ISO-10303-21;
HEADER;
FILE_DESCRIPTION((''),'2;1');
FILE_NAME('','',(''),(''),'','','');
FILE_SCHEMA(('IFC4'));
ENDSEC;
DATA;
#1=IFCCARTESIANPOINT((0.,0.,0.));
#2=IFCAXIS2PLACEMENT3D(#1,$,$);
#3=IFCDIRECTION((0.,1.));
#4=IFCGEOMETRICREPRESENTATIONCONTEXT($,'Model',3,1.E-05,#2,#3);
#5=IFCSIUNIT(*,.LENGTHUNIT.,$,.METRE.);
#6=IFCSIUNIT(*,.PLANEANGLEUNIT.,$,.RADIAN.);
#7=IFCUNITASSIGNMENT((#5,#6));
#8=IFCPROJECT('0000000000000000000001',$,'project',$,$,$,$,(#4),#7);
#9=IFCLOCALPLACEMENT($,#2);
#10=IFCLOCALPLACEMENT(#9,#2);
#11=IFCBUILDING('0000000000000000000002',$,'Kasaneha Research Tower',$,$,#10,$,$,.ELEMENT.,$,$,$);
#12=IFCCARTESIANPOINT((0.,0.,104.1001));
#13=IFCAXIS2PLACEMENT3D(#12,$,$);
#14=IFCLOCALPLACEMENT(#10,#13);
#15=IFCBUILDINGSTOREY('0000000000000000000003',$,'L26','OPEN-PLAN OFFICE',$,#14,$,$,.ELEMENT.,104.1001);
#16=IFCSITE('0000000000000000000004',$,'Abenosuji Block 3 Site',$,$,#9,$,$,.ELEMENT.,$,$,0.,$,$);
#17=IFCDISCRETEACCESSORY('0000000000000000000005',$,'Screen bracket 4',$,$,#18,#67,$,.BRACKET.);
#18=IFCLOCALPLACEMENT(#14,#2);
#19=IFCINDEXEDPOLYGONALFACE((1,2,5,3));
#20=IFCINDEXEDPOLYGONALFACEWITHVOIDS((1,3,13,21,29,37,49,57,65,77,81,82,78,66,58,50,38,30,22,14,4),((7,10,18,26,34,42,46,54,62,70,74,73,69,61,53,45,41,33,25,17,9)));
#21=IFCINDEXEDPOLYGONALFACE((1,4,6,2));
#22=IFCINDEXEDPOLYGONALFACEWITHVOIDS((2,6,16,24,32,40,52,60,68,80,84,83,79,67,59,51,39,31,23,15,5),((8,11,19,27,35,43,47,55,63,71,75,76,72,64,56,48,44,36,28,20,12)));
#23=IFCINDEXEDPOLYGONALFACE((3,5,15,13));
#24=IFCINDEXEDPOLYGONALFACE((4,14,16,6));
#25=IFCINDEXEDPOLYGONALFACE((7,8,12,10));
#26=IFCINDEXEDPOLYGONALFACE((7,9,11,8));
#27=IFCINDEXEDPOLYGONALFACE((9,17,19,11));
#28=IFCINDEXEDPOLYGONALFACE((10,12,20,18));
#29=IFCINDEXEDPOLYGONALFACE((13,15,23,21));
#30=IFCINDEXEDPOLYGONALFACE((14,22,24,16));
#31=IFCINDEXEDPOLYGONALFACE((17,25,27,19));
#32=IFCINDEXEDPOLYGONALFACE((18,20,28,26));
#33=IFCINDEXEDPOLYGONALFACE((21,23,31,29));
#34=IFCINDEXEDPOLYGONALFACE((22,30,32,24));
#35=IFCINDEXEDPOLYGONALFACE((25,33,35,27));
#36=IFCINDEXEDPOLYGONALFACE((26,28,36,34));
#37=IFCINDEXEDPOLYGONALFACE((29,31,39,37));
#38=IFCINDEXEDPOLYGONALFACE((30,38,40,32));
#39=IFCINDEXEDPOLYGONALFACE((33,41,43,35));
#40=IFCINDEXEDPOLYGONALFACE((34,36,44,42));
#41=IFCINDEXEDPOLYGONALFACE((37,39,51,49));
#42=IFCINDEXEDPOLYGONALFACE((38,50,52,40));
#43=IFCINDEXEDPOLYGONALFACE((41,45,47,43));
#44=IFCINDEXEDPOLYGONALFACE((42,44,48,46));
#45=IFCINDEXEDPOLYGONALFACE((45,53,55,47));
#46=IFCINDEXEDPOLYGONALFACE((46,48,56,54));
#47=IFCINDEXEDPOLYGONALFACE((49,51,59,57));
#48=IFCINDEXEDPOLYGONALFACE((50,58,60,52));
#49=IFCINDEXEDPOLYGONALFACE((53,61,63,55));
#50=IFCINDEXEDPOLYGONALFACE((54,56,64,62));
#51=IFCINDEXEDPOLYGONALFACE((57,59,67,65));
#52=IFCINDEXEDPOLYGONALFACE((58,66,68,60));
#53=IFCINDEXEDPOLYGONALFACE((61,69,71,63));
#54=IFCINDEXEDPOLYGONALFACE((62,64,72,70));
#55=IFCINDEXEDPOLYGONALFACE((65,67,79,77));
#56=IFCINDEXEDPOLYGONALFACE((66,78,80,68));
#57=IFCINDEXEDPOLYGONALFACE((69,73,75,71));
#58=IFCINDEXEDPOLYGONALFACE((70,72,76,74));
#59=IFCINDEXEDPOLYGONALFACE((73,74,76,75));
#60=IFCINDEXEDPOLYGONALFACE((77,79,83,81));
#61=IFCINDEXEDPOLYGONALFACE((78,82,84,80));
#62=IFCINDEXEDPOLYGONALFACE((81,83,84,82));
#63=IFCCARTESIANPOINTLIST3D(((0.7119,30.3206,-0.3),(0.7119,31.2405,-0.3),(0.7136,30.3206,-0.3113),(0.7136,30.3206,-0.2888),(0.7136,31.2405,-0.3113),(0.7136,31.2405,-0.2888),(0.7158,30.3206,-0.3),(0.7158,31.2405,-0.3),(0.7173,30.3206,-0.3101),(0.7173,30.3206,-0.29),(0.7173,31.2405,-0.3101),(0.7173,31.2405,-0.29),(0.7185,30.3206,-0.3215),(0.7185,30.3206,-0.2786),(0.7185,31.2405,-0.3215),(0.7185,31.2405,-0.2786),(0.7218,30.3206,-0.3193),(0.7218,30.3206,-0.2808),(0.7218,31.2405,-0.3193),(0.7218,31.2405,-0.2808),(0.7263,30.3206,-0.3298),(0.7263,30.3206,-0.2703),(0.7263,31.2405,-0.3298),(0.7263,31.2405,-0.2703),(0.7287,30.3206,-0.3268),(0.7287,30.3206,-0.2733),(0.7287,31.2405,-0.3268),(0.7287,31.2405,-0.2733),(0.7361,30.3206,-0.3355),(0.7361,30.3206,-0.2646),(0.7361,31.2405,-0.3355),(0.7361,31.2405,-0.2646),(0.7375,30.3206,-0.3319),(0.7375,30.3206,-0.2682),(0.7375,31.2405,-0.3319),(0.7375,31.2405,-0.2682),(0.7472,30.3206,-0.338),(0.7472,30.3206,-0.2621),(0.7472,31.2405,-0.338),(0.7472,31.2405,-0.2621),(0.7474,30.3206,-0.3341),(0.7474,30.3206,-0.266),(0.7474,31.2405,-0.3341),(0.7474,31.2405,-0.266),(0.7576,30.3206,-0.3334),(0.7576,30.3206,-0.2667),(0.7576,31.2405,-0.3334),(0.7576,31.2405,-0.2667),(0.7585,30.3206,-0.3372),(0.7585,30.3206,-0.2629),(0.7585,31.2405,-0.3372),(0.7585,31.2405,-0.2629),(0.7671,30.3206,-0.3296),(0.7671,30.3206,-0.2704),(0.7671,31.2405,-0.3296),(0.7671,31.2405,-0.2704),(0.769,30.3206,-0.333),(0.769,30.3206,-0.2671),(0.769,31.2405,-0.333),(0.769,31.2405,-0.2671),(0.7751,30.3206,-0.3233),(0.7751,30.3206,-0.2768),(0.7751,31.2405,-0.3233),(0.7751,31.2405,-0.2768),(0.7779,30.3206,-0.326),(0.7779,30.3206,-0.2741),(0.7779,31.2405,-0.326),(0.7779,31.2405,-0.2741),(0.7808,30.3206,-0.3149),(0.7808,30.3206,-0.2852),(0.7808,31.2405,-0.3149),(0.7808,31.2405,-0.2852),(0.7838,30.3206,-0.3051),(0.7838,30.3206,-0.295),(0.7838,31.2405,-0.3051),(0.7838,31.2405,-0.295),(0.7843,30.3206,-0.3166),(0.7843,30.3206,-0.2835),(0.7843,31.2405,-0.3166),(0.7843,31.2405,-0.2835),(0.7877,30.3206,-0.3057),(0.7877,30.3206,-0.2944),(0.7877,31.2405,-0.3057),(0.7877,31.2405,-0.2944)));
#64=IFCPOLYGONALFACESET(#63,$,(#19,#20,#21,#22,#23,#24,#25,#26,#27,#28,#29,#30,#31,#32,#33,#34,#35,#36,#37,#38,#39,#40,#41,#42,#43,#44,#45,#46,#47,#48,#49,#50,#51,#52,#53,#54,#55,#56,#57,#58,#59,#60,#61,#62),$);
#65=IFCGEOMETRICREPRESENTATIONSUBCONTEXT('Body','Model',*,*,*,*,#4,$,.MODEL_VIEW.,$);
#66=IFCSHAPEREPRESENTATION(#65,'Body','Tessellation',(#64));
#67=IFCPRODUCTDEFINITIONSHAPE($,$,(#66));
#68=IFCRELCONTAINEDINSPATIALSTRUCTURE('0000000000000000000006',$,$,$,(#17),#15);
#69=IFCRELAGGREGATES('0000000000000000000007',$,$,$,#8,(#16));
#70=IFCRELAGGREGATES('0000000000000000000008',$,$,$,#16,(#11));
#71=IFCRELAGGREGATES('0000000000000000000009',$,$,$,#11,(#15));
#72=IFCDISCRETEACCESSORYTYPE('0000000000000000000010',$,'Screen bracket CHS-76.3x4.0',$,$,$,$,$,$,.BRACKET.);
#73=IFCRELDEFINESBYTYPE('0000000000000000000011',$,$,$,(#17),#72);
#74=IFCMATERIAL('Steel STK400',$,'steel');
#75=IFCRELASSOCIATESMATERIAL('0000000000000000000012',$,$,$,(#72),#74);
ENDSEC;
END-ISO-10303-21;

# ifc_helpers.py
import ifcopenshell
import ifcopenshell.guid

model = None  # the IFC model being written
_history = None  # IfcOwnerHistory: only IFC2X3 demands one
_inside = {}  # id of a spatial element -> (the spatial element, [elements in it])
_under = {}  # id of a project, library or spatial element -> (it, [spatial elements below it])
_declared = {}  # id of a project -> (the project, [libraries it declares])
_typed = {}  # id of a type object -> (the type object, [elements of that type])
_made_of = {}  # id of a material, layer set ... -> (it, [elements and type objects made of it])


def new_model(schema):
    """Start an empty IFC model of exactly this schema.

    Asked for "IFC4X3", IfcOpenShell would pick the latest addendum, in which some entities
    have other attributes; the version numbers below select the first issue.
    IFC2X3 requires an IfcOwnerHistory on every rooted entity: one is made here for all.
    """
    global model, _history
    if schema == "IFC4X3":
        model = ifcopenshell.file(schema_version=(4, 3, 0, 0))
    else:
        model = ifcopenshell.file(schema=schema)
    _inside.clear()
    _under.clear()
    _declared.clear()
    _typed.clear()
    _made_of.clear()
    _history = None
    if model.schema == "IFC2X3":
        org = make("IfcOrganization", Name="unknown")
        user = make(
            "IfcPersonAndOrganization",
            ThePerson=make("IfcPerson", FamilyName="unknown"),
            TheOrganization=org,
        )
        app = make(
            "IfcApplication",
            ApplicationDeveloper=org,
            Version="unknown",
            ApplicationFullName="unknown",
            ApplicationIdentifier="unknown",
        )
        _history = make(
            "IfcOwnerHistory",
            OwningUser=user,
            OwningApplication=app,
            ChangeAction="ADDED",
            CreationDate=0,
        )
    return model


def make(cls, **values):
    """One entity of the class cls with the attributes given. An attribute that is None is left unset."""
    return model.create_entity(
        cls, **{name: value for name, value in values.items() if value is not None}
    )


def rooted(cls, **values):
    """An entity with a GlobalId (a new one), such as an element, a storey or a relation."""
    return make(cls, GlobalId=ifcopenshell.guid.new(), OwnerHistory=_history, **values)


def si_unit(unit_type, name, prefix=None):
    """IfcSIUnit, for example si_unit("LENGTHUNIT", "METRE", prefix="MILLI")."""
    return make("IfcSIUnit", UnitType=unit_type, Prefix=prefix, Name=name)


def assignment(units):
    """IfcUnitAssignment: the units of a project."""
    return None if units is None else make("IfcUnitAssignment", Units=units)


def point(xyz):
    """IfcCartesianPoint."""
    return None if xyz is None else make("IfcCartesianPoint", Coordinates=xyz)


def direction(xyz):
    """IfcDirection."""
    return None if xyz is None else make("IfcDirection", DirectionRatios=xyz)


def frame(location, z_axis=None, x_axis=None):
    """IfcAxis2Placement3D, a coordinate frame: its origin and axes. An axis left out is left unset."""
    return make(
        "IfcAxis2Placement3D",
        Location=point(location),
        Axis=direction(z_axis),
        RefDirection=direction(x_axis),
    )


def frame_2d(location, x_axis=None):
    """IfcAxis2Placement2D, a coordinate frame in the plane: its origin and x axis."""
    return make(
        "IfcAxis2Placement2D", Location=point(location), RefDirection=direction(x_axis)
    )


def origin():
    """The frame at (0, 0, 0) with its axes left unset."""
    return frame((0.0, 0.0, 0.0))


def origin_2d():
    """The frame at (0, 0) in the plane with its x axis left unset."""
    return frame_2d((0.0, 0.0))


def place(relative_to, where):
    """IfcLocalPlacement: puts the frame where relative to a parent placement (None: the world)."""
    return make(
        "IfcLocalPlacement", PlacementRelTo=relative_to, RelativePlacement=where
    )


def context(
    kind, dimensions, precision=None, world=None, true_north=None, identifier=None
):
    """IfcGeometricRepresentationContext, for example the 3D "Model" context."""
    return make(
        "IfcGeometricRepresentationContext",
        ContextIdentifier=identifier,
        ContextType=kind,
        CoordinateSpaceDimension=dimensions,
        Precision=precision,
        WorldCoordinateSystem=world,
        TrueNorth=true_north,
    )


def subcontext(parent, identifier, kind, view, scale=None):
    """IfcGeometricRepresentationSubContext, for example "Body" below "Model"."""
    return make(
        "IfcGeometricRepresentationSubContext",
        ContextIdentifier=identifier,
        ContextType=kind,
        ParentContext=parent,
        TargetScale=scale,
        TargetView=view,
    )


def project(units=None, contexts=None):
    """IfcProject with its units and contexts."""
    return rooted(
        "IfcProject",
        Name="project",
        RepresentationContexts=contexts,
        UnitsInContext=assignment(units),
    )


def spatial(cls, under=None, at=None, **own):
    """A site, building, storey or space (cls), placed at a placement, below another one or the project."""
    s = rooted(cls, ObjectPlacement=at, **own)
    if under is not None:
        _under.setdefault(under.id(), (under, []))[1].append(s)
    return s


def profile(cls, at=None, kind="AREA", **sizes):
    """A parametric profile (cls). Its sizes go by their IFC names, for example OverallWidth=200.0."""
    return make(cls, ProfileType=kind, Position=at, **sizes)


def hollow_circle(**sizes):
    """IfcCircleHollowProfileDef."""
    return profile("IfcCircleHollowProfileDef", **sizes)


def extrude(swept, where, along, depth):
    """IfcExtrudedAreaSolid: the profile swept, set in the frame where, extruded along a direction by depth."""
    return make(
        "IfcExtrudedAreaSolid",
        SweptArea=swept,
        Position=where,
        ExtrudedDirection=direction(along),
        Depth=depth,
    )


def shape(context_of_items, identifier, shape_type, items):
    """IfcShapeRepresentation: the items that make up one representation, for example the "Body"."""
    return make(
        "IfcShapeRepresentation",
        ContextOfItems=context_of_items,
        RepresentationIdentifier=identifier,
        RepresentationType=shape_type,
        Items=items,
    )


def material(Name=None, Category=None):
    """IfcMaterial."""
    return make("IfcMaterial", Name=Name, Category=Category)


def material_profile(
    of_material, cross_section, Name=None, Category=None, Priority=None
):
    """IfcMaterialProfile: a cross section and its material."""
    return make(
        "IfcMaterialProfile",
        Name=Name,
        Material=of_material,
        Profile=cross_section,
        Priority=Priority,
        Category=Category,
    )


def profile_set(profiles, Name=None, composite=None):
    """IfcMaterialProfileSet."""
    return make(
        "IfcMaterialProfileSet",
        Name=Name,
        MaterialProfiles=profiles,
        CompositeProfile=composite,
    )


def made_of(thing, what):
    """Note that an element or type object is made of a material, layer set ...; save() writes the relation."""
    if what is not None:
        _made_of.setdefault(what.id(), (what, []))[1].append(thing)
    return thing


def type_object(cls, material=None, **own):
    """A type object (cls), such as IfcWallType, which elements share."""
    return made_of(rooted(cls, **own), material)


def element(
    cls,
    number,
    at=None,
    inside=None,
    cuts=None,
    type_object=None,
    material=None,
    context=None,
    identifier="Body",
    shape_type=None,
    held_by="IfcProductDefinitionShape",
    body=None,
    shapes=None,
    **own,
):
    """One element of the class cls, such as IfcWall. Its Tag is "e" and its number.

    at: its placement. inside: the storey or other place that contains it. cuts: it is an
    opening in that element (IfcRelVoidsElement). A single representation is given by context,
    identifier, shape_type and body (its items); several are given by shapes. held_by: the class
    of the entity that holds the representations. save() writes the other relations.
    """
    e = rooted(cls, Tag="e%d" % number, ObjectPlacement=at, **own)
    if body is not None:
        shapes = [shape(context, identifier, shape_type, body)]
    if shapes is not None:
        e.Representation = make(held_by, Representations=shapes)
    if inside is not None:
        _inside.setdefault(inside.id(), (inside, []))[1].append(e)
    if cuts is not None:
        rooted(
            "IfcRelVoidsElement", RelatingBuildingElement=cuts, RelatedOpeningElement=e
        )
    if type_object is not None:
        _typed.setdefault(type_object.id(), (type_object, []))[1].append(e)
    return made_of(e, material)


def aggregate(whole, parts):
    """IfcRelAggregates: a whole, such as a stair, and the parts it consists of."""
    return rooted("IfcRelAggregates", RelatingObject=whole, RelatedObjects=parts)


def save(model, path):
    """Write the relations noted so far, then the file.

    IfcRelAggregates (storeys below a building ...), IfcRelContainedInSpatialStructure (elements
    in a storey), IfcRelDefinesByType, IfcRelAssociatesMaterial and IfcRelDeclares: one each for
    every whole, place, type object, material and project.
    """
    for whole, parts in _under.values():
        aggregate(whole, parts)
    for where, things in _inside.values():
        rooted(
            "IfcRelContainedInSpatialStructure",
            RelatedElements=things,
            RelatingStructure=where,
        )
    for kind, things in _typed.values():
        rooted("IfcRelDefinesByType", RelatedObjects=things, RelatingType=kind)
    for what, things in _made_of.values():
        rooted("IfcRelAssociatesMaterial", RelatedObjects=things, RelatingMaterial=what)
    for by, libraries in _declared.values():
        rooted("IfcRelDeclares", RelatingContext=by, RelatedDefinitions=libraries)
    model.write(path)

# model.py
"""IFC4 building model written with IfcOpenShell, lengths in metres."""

from ifc_helpers import new_model, si_unit, direction, frame, origin, origin_2d, place, context, subcontext, project, spatial, hollow_circle, extrude, material, material_profile, profile_set, type_object, element, save


model = new_model("IFC4")

# Units and contexts
model_context = context("Model", 3, precision=1e-05, world=origin(), true_north=direction((0.0, 1.0)))
body_context = subcontext(model_context, "Body", "Model", "MODEL_VIEW")
ifc_project = project(units=[si_unit("LENGTHUNIT", "METRE"), si_unit("PLANEANGLEUNIT", "RADIAN")], contexts=[model_context])

# Site, building, storey
site_placement = place(None, origin())
site = spatial("IfcSite", under=ifc_project, at=site_placement, Name="Abenosuji Block 3 Site", CompositionType="ELEMENT", RefElevation=0.0)
building_placement = place(site_placement, origin())
building = spatial("IfcBuilding", under=site, at=building_placement, Name="Kasaneha Research Tower", CompositionType="ELEMENT")
storey_placement = place(building_placement, frame((0.0, 0.0, 104.1001)))
storey = spatial("IfcBuildingStorey", under=building, at=storey_placement, Name="L26", Description="OPEN-PLAN OFFICE", CompositionType="ELEMENT", Elevation=104.1001)

# Discrete accessory
ifc_material_1 = material(Name="Steel STK400", Category="steel")
ifc_material_profile_1 = material_profile(ifc_material_1, hollow_circle(Radius=0.0381, WallThickness=0.0039, at=origin_2d()), Name="CHS-76.3x4.0")
ifc_profile_set_1 = profile_set([ifc_material_profile_1], Name="Steel STK400")
discrete_accessory_type = type_object("IfcDiscreteAccessoryType", Name="Screen bracket CHS-76.3x4.0", PredefinedType="BRACKET", material=ifc_profile_set_1)
for number, where, z_axis, x_axis, name in (
    (1, (0.75, 30.3206, -0.3), (0.0, 1.0, 0.0), (-1.0, 0.0, 0.0), "Screen bracket 4"),
):
    element("IfcDiscreteAccessory", number, at=place(storey_placement, frame(where, z_axis=z_axis, x_axis=x_axis)), inside=storey, type_object=discrete_accessory_type, Name=name, PredefinedType="BRACKET", context=body_context, shape_type="SweptSolid", body=[
        extrude(hollow_circle(Radius=0.0381, WallThickness=0.0039, at=origin_2d()), origin(), (0.0, 0.0, 1.0), 0.9199),
    ])

save(model, "model.ifc")
